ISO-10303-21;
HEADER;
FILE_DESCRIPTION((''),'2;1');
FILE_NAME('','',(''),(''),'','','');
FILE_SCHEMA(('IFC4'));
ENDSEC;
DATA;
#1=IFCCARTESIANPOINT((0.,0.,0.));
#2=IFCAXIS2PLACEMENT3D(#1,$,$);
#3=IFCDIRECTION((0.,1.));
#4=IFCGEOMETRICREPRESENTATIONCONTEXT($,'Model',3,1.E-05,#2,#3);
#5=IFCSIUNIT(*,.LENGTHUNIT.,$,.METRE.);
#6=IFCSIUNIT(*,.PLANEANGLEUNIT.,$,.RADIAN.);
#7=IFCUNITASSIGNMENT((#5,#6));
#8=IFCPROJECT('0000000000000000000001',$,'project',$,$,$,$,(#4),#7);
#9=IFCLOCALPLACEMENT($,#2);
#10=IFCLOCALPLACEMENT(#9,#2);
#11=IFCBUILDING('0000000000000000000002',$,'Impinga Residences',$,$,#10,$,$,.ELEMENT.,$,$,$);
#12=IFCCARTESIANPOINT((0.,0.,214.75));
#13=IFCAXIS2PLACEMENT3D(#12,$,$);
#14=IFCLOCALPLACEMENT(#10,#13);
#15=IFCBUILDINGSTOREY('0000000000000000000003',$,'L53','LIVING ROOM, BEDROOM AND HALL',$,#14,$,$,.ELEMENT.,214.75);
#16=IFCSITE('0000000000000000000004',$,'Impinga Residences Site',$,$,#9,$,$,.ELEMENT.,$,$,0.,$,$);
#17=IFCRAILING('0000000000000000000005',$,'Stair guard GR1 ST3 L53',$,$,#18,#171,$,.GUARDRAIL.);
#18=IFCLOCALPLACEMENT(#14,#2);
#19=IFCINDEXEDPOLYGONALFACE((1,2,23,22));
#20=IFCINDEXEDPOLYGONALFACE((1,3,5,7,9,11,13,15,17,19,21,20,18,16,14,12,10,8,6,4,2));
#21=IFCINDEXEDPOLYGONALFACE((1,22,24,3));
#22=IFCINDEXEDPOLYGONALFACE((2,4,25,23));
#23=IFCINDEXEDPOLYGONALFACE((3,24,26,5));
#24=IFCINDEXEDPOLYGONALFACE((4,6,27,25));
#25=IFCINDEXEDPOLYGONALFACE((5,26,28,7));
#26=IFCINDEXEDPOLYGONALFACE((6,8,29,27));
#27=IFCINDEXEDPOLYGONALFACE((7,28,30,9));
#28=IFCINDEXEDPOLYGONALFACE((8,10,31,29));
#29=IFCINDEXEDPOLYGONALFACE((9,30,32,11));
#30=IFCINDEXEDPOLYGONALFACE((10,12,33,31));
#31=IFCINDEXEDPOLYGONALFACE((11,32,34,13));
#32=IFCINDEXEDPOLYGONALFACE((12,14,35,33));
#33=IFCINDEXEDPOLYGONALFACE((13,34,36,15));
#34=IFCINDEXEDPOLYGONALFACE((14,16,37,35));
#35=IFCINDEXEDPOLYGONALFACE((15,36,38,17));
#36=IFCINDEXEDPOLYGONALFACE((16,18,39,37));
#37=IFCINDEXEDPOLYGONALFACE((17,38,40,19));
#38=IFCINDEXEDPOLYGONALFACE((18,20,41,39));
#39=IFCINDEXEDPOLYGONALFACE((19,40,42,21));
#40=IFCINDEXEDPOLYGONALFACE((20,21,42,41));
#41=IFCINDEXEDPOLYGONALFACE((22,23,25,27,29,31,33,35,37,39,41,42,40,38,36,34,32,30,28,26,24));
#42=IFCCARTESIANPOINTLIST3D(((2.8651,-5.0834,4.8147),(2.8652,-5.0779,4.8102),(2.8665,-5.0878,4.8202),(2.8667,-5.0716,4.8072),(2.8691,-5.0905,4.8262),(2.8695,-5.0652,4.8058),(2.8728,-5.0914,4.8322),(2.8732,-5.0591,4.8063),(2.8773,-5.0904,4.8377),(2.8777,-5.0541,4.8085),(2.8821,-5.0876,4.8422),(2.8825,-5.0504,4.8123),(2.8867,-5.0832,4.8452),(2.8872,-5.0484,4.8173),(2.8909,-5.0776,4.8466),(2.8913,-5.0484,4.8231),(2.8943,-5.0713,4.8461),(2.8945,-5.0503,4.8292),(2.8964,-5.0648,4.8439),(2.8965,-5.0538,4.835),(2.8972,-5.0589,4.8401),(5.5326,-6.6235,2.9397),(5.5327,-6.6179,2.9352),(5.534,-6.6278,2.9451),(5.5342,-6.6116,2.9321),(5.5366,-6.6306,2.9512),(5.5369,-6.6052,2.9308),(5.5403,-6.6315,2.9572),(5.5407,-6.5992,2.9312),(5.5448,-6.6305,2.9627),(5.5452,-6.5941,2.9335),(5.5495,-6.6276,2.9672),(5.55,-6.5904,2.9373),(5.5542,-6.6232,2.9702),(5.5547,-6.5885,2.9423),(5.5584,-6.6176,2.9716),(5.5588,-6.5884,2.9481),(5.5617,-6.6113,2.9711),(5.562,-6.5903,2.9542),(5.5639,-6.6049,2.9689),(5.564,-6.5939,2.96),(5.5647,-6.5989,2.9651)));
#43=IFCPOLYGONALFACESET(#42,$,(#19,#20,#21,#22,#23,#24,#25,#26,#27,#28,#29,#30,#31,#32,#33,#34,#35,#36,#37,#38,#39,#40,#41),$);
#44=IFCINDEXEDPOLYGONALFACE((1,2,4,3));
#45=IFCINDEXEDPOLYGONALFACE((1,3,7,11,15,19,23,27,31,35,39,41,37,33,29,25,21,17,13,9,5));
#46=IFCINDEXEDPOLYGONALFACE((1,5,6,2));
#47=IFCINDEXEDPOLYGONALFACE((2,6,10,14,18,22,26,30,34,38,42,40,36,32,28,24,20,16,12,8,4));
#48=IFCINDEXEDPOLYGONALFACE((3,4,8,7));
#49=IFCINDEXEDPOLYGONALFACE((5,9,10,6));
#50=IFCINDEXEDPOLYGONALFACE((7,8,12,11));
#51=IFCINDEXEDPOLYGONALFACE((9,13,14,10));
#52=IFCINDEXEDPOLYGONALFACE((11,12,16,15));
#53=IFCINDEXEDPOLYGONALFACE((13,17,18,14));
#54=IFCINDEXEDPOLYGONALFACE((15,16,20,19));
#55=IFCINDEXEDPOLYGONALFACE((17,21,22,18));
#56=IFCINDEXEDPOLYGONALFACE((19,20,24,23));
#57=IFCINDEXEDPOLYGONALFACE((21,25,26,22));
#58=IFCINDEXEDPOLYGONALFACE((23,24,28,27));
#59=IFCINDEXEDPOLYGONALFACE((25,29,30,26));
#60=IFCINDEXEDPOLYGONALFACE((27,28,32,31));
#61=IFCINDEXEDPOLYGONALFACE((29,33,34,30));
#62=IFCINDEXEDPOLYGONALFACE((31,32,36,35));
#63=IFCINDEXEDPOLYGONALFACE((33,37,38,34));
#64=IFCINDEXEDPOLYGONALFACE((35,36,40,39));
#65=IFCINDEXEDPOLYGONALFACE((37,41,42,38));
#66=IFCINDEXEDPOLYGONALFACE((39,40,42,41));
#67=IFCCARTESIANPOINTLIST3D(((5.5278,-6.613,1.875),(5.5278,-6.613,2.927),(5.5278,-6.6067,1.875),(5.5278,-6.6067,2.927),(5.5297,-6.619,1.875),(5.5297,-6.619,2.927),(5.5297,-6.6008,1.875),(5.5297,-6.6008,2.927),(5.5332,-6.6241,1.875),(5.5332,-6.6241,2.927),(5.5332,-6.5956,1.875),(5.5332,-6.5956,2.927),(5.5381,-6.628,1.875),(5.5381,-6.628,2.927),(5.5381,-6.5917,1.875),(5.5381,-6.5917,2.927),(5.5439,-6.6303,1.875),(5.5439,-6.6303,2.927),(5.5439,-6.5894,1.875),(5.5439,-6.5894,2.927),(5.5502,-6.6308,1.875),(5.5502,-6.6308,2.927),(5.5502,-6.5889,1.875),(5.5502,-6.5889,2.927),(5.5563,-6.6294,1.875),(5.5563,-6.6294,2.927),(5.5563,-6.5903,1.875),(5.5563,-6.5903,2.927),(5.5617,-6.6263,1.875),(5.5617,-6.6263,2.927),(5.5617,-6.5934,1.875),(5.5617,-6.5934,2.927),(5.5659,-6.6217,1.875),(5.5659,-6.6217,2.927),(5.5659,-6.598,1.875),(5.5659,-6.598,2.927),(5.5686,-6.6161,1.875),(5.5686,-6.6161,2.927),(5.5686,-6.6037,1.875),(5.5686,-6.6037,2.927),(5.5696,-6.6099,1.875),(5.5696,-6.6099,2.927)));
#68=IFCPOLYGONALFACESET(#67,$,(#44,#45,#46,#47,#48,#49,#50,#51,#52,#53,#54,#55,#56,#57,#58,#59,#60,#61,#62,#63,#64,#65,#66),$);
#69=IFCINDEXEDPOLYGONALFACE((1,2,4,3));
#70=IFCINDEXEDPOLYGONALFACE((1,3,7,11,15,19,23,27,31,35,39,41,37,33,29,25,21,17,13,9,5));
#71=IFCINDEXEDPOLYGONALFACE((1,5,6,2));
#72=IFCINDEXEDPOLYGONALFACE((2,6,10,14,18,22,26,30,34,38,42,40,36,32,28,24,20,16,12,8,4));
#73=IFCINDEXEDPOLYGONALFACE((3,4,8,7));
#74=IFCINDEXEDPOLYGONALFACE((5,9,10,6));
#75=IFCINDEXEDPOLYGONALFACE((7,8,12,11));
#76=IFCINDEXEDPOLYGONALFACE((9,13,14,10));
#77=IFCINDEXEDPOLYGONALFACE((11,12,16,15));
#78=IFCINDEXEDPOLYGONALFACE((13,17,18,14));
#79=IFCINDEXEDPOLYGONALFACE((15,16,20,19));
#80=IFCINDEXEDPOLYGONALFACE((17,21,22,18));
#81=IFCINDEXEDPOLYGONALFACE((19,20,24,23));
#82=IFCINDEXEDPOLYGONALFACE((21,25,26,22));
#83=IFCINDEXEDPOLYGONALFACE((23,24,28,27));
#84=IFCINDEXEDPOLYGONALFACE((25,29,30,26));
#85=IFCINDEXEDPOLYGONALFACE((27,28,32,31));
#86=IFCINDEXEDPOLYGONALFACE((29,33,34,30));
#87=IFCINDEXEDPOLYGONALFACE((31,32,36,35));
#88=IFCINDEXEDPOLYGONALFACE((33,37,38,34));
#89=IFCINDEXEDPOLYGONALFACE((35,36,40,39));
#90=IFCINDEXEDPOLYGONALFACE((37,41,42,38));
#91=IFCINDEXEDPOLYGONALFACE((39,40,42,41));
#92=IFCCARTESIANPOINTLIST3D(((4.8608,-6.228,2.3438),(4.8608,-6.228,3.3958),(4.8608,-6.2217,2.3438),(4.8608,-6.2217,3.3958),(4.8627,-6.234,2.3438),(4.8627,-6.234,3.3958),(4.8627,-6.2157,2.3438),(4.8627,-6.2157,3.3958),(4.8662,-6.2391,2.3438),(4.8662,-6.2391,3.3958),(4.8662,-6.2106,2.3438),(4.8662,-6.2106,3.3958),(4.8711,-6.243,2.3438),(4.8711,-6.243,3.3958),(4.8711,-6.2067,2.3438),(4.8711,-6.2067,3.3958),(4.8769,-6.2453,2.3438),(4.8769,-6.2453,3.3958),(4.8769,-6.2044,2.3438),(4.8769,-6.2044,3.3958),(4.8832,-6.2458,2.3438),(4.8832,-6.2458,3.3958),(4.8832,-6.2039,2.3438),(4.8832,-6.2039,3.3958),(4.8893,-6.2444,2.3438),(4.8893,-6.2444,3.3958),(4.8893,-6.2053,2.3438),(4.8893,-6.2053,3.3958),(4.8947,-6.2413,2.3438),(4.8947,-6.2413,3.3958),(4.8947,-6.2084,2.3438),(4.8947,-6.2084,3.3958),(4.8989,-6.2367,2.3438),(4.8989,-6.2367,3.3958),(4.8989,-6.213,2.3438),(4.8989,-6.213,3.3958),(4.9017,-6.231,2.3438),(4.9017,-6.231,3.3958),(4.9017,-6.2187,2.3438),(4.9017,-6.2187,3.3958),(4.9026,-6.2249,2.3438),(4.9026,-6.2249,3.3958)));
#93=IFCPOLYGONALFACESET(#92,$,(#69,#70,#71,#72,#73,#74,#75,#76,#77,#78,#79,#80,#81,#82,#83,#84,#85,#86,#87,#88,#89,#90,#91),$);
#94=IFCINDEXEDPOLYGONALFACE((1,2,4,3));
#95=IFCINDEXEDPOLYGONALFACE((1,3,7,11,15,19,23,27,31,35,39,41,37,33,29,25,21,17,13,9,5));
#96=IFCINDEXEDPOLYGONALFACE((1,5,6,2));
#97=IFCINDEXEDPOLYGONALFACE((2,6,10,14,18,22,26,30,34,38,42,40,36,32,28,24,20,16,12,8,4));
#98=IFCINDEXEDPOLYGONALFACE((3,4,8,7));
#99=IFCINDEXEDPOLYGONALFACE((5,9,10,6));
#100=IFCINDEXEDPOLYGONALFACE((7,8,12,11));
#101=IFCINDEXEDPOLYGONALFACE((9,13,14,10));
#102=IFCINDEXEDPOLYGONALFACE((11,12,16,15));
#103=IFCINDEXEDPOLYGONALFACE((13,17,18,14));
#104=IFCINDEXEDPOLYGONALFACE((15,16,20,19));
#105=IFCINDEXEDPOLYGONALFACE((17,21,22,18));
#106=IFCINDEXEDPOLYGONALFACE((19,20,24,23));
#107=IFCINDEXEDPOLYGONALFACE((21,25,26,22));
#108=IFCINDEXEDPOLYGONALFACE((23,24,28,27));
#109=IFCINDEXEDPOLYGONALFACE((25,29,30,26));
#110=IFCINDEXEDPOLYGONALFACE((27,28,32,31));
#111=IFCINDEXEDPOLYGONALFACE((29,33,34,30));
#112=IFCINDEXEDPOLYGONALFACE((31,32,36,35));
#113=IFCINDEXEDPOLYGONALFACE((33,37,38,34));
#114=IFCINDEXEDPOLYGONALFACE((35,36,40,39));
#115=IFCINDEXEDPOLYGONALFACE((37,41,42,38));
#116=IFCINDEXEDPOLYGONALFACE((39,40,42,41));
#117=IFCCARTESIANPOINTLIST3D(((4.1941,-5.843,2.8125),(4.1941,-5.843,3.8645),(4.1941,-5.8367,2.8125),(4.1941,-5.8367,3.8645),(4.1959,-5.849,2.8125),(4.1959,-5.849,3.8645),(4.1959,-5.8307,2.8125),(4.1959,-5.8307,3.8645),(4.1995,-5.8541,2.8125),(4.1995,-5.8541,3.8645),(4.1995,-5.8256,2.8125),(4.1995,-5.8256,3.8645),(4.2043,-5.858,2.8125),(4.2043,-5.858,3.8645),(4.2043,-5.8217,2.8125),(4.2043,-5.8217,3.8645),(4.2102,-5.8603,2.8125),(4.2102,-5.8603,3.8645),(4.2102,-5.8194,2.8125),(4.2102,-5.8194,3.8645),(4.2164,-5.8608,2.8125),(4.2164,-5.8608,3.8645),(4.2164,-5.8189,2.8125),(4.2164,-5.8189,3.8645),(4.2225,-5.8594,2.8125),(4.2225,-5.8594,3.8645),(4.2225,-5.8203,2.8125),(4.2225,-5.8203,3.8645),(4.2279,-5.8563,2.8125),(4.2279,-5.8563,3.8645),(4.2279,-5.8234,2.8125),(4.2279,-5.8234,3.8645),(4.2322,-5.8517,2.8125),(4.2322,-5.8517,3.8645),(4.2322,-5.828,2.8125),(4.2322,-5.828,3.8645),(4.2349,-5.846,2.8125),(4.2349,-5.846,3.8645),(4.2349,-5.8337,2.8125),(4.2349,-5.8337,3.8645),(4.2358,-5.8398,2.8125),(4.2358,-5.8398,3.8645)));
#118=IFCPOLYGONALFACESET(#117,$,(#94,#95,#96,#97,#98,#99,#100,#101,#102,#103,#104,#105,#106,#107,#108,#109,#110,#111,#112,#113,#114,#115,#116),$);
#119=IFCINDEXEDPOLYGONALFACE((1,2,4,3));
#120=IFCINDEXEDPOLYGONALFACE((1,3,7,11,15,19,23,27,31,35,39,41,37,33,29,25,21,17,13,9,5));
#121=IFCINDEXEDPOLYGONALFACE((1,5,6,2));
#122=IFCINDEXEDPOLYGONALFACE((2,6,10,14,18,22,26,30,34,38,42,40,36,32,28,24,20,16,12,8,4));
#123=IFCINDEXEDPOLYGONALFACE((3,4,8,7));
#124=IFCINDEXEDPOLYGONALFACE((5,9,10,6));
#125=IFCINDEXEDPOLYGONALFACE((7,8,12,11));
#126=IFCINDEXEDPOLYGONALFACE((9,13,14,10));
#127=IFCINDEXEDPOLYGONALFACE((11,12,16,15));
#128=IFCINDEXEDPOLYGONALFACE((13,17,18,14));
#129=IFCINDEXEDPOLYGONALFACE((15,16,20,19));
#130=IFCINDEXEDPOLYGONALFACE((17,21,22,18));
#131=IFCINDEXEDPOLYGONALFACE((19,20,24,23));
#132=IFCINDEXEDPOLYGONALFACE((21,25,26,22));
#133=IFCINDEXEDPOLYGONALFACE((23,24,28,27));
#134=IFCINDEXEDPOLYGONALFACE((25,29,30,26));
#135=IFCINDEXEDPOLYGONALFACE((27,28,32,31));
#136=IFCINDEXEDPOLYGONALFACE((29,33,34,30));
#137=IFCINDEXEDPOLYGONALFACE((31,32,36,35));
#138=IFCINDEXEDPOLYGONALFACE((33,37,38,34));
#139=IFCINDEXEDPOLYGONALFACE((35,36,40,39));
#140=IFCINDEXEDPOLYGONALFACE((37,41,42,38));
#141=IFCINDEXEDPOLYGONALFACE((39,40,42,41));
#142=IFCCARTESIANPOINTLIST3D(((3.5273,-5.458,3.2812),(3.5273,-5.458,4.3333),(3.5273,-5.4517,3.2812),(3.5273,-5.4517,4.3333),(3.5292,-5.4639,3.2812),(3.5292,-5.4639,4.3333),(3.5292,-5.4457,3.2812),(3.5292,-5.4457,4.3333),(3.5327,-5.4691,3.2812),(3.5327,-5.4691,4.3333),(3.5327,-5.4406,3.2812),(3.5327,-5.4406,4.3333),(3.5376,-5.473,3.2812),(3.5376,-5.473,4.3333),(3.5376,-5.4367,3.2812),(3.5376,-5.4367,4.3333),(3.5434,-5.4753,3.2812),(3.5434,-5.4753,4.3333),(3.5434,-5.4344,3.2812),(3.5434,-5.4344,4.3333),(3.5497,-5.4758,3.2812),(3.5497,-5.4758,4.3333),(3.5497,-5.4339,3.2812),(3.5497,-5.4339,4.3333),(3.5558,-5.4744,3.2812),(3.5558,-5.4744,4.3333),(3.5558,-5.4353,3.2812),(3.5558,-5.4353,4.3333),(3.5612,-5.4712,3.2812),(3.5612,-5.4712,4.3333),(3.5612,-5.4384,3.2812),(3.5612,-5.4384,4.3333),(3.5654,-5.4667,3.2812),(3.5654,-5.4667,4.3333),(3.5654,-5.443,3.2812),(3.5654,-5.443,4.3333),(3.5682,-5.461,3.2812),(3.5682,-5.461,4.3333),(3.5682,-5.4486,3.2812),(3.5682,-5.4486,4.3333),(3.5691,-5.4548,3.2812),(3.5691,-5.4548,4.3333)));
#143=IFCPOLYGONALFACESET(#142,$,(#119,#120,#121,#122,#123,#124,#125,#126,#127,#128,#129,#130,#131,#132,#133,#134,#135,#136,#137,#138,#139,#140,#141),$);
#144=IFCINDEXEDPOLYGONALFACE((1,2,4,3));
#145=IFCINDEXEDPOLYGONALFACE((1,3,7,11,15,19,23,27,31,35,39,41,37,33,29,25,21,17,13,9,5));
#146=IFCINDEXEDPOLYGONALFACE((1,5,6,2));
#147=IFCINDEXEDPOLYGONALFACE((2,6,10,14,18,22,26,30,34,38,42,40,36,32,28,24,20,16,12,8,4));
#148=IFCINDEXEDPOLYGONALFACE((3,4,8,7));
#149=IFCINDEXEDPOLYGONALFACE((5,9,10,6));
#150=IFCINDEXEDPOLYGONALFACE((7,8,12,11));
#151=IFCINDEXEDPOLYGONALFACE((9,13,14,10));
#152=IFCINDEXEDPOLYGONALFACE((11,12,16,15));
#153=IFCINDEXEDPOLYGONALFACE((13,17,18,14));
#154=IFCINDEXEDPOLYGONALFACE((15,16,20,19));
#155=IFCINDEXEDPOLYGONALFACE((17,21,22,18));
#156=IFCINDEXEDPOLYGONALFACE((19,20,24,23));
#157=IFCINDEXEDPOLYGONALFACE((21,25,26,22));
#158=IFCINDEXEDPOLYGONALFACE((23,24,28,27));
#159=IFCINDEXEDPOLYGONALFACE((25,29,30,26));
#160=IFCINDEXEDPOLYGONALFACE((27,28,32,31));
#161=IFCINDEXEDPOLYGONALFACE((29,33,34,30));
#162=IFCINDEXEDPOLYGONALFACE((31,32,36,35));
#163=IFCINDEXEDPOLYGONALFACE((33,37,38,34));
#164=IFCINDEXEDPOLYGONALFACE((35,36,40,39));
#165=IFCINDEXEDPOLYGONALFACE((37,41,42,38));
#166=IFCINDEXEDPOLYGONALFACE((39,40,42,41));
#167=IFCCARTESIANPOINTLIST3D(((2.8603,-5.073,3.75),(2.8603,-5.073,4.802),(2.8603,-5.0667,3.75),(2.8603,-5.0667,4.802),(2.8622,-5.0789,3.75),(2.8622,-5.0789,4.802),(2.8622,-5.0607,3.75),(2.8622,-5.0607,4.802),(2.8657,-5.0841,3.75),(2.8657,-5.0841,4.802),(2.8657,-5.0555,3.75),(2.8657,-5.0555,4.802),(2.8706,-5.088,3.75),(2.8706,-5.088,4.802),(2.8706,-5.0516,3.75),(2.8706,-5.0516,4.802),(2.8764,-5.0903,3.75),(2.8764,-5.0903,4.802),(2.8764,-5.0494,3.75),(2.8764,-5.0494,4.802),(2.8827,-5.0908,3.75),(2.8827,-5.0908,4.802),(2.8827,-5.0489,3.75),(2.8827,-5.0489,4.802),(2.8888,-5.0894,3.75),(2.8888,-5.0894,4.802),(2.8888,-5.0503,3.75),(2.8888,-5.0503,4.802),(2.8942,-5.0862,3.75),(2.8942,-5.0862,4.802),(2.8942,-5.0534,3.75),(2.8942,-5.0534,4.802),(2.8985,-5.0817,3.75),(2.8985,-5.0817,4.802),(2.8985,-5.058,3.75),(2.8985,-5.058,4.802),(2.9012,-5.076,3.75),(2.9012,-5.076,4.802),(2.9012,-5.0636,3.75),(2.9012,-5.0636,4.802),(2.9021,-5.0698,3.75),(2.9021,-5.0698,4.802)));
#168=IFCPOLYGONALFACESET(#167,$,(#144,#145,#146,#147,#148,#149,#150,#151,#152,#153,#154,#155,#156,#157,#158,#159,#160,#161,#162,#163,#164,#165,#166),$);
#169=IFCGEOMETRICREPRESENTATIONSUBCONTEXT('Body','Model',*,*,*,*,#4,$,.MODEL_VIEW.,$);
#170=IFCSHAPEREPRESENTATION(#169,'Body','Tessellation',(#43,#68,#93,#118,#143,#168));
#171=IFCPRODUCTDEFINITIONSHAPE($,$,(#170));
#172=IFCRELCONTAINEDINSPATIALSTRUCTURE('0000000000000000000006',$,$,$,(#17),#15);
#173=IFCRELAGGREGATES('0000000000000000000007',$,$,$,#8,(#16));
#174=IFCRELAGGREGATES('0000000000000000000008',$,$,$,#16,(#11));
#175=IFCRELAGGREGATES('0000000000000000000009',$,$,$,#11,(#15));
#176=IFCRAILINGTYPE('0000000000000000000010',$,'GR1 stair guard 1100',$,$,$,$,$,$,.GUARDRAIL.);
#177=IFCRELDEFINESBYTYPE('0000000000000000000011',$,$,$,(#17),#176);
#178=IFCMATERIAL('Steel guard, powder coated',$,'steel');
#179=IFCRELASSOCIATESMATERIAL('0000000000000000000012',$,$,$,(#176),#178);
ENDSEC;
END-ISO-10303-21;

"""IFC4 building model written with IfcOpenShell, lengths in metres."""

from ifc_helpers import new_model, si_unit, direction, frame, origin, origin_2d, place, context, subcontext, project, spatial, circle, extrude, material, type_object, element, save


model = new_model("IFC4")

# Units and contexts
model_context = context("Model", 3, precision=1e-05, world=origin(), true_north=direction((0.0, 1.0)))
body_context = subcontext(model_context, "Body", "Model", "MODEL_VIEW")
ifc_project = project(units=[si_unit("LENGTHUNIT", "METRE"), si_unit("PLANEANGLEUNIT", "RADIAN")], contexts=[model_context])

# Site, building, storey
site_placement = place(None, origin())
site = spatial("IfcSite", under=ifc_project, at=site_placement, Name="Impinga Residences Site", CompositionType="ELEMENT", RefElevation=0.0)
building_placement = place(site_placement, origin())
building = spatial("IfcBuilding", under=site, at=building_placement, Name="Impinga Residences", CompositionType="ELEMENT")
storey_placement = place(building_placement, frame((0.0, 0.0, 214.75)))
storey = spatial("IfcBuildingStorey", under=building, at=storey_placement, Name="L53", Description="LIVING ROOM, BEDROOM AND HALL", CompositionType="ELEMENT", Elevation=214.75)

# Railing
ifc_material_1 = material(Name="Steel guard, powder coated", Category="steel")
railing_type_1 = type_object("IfcRailingType", Name="GR1 stair guard 1100", PredefinedType="GUARDRAIL", material=ifc_material_1)
railing_1_placement = place(storey_placement, frame((5.5486, -6.6099, 1.875)))
element("IfcRailing", 1, at=railing_1_placement, inside=storey, type_object=railing_type_1, Name="Stair guard GR1 ST3 L53", PredefinedType="GUARDRAIL", context=body_context, shape_type="SweptSolid", body=[
    extrude(circle(Radius=0.0239, at=origin_2d()), frame((0.0, 0.0, 1.0762), z_axis=(-0.739746, 0.427084, 0.519975), x_axis=(-0.499992, -0.86603, 0.0)), (0.0, 0.0, 1.0), 3.606),
    extrude(circle(Radius=0.021, at=origin_2d()), origin(), (0.0, 0.0, 1.0), 1.052),
    extrude(circle(Radius=0.021, at=origin_2d()), frame((-0.667, 0.385, 0.4688)), (0.0, 0.0, 1.0), 1.052),
    extrude(circle(Radius=0.021, at=origin_2d()), frame((-1.3337, 0.77, 0.9375)), (0.0, 0.0, 1.0), 1.052),
    extrude(circle(Radius=0.021, at=origin_2d()), frame((-2.0005, 1.155, 1.4062)), (0.0, 0.0, 1.0), 1.052),
    extrude(circle(Radius=0.021, at=origin_2d()), frame((-2.6675, 1.54, 1.875)), (0.0, 0.0, 1.0), 1.052),
])

save(model, "model.ifc")
